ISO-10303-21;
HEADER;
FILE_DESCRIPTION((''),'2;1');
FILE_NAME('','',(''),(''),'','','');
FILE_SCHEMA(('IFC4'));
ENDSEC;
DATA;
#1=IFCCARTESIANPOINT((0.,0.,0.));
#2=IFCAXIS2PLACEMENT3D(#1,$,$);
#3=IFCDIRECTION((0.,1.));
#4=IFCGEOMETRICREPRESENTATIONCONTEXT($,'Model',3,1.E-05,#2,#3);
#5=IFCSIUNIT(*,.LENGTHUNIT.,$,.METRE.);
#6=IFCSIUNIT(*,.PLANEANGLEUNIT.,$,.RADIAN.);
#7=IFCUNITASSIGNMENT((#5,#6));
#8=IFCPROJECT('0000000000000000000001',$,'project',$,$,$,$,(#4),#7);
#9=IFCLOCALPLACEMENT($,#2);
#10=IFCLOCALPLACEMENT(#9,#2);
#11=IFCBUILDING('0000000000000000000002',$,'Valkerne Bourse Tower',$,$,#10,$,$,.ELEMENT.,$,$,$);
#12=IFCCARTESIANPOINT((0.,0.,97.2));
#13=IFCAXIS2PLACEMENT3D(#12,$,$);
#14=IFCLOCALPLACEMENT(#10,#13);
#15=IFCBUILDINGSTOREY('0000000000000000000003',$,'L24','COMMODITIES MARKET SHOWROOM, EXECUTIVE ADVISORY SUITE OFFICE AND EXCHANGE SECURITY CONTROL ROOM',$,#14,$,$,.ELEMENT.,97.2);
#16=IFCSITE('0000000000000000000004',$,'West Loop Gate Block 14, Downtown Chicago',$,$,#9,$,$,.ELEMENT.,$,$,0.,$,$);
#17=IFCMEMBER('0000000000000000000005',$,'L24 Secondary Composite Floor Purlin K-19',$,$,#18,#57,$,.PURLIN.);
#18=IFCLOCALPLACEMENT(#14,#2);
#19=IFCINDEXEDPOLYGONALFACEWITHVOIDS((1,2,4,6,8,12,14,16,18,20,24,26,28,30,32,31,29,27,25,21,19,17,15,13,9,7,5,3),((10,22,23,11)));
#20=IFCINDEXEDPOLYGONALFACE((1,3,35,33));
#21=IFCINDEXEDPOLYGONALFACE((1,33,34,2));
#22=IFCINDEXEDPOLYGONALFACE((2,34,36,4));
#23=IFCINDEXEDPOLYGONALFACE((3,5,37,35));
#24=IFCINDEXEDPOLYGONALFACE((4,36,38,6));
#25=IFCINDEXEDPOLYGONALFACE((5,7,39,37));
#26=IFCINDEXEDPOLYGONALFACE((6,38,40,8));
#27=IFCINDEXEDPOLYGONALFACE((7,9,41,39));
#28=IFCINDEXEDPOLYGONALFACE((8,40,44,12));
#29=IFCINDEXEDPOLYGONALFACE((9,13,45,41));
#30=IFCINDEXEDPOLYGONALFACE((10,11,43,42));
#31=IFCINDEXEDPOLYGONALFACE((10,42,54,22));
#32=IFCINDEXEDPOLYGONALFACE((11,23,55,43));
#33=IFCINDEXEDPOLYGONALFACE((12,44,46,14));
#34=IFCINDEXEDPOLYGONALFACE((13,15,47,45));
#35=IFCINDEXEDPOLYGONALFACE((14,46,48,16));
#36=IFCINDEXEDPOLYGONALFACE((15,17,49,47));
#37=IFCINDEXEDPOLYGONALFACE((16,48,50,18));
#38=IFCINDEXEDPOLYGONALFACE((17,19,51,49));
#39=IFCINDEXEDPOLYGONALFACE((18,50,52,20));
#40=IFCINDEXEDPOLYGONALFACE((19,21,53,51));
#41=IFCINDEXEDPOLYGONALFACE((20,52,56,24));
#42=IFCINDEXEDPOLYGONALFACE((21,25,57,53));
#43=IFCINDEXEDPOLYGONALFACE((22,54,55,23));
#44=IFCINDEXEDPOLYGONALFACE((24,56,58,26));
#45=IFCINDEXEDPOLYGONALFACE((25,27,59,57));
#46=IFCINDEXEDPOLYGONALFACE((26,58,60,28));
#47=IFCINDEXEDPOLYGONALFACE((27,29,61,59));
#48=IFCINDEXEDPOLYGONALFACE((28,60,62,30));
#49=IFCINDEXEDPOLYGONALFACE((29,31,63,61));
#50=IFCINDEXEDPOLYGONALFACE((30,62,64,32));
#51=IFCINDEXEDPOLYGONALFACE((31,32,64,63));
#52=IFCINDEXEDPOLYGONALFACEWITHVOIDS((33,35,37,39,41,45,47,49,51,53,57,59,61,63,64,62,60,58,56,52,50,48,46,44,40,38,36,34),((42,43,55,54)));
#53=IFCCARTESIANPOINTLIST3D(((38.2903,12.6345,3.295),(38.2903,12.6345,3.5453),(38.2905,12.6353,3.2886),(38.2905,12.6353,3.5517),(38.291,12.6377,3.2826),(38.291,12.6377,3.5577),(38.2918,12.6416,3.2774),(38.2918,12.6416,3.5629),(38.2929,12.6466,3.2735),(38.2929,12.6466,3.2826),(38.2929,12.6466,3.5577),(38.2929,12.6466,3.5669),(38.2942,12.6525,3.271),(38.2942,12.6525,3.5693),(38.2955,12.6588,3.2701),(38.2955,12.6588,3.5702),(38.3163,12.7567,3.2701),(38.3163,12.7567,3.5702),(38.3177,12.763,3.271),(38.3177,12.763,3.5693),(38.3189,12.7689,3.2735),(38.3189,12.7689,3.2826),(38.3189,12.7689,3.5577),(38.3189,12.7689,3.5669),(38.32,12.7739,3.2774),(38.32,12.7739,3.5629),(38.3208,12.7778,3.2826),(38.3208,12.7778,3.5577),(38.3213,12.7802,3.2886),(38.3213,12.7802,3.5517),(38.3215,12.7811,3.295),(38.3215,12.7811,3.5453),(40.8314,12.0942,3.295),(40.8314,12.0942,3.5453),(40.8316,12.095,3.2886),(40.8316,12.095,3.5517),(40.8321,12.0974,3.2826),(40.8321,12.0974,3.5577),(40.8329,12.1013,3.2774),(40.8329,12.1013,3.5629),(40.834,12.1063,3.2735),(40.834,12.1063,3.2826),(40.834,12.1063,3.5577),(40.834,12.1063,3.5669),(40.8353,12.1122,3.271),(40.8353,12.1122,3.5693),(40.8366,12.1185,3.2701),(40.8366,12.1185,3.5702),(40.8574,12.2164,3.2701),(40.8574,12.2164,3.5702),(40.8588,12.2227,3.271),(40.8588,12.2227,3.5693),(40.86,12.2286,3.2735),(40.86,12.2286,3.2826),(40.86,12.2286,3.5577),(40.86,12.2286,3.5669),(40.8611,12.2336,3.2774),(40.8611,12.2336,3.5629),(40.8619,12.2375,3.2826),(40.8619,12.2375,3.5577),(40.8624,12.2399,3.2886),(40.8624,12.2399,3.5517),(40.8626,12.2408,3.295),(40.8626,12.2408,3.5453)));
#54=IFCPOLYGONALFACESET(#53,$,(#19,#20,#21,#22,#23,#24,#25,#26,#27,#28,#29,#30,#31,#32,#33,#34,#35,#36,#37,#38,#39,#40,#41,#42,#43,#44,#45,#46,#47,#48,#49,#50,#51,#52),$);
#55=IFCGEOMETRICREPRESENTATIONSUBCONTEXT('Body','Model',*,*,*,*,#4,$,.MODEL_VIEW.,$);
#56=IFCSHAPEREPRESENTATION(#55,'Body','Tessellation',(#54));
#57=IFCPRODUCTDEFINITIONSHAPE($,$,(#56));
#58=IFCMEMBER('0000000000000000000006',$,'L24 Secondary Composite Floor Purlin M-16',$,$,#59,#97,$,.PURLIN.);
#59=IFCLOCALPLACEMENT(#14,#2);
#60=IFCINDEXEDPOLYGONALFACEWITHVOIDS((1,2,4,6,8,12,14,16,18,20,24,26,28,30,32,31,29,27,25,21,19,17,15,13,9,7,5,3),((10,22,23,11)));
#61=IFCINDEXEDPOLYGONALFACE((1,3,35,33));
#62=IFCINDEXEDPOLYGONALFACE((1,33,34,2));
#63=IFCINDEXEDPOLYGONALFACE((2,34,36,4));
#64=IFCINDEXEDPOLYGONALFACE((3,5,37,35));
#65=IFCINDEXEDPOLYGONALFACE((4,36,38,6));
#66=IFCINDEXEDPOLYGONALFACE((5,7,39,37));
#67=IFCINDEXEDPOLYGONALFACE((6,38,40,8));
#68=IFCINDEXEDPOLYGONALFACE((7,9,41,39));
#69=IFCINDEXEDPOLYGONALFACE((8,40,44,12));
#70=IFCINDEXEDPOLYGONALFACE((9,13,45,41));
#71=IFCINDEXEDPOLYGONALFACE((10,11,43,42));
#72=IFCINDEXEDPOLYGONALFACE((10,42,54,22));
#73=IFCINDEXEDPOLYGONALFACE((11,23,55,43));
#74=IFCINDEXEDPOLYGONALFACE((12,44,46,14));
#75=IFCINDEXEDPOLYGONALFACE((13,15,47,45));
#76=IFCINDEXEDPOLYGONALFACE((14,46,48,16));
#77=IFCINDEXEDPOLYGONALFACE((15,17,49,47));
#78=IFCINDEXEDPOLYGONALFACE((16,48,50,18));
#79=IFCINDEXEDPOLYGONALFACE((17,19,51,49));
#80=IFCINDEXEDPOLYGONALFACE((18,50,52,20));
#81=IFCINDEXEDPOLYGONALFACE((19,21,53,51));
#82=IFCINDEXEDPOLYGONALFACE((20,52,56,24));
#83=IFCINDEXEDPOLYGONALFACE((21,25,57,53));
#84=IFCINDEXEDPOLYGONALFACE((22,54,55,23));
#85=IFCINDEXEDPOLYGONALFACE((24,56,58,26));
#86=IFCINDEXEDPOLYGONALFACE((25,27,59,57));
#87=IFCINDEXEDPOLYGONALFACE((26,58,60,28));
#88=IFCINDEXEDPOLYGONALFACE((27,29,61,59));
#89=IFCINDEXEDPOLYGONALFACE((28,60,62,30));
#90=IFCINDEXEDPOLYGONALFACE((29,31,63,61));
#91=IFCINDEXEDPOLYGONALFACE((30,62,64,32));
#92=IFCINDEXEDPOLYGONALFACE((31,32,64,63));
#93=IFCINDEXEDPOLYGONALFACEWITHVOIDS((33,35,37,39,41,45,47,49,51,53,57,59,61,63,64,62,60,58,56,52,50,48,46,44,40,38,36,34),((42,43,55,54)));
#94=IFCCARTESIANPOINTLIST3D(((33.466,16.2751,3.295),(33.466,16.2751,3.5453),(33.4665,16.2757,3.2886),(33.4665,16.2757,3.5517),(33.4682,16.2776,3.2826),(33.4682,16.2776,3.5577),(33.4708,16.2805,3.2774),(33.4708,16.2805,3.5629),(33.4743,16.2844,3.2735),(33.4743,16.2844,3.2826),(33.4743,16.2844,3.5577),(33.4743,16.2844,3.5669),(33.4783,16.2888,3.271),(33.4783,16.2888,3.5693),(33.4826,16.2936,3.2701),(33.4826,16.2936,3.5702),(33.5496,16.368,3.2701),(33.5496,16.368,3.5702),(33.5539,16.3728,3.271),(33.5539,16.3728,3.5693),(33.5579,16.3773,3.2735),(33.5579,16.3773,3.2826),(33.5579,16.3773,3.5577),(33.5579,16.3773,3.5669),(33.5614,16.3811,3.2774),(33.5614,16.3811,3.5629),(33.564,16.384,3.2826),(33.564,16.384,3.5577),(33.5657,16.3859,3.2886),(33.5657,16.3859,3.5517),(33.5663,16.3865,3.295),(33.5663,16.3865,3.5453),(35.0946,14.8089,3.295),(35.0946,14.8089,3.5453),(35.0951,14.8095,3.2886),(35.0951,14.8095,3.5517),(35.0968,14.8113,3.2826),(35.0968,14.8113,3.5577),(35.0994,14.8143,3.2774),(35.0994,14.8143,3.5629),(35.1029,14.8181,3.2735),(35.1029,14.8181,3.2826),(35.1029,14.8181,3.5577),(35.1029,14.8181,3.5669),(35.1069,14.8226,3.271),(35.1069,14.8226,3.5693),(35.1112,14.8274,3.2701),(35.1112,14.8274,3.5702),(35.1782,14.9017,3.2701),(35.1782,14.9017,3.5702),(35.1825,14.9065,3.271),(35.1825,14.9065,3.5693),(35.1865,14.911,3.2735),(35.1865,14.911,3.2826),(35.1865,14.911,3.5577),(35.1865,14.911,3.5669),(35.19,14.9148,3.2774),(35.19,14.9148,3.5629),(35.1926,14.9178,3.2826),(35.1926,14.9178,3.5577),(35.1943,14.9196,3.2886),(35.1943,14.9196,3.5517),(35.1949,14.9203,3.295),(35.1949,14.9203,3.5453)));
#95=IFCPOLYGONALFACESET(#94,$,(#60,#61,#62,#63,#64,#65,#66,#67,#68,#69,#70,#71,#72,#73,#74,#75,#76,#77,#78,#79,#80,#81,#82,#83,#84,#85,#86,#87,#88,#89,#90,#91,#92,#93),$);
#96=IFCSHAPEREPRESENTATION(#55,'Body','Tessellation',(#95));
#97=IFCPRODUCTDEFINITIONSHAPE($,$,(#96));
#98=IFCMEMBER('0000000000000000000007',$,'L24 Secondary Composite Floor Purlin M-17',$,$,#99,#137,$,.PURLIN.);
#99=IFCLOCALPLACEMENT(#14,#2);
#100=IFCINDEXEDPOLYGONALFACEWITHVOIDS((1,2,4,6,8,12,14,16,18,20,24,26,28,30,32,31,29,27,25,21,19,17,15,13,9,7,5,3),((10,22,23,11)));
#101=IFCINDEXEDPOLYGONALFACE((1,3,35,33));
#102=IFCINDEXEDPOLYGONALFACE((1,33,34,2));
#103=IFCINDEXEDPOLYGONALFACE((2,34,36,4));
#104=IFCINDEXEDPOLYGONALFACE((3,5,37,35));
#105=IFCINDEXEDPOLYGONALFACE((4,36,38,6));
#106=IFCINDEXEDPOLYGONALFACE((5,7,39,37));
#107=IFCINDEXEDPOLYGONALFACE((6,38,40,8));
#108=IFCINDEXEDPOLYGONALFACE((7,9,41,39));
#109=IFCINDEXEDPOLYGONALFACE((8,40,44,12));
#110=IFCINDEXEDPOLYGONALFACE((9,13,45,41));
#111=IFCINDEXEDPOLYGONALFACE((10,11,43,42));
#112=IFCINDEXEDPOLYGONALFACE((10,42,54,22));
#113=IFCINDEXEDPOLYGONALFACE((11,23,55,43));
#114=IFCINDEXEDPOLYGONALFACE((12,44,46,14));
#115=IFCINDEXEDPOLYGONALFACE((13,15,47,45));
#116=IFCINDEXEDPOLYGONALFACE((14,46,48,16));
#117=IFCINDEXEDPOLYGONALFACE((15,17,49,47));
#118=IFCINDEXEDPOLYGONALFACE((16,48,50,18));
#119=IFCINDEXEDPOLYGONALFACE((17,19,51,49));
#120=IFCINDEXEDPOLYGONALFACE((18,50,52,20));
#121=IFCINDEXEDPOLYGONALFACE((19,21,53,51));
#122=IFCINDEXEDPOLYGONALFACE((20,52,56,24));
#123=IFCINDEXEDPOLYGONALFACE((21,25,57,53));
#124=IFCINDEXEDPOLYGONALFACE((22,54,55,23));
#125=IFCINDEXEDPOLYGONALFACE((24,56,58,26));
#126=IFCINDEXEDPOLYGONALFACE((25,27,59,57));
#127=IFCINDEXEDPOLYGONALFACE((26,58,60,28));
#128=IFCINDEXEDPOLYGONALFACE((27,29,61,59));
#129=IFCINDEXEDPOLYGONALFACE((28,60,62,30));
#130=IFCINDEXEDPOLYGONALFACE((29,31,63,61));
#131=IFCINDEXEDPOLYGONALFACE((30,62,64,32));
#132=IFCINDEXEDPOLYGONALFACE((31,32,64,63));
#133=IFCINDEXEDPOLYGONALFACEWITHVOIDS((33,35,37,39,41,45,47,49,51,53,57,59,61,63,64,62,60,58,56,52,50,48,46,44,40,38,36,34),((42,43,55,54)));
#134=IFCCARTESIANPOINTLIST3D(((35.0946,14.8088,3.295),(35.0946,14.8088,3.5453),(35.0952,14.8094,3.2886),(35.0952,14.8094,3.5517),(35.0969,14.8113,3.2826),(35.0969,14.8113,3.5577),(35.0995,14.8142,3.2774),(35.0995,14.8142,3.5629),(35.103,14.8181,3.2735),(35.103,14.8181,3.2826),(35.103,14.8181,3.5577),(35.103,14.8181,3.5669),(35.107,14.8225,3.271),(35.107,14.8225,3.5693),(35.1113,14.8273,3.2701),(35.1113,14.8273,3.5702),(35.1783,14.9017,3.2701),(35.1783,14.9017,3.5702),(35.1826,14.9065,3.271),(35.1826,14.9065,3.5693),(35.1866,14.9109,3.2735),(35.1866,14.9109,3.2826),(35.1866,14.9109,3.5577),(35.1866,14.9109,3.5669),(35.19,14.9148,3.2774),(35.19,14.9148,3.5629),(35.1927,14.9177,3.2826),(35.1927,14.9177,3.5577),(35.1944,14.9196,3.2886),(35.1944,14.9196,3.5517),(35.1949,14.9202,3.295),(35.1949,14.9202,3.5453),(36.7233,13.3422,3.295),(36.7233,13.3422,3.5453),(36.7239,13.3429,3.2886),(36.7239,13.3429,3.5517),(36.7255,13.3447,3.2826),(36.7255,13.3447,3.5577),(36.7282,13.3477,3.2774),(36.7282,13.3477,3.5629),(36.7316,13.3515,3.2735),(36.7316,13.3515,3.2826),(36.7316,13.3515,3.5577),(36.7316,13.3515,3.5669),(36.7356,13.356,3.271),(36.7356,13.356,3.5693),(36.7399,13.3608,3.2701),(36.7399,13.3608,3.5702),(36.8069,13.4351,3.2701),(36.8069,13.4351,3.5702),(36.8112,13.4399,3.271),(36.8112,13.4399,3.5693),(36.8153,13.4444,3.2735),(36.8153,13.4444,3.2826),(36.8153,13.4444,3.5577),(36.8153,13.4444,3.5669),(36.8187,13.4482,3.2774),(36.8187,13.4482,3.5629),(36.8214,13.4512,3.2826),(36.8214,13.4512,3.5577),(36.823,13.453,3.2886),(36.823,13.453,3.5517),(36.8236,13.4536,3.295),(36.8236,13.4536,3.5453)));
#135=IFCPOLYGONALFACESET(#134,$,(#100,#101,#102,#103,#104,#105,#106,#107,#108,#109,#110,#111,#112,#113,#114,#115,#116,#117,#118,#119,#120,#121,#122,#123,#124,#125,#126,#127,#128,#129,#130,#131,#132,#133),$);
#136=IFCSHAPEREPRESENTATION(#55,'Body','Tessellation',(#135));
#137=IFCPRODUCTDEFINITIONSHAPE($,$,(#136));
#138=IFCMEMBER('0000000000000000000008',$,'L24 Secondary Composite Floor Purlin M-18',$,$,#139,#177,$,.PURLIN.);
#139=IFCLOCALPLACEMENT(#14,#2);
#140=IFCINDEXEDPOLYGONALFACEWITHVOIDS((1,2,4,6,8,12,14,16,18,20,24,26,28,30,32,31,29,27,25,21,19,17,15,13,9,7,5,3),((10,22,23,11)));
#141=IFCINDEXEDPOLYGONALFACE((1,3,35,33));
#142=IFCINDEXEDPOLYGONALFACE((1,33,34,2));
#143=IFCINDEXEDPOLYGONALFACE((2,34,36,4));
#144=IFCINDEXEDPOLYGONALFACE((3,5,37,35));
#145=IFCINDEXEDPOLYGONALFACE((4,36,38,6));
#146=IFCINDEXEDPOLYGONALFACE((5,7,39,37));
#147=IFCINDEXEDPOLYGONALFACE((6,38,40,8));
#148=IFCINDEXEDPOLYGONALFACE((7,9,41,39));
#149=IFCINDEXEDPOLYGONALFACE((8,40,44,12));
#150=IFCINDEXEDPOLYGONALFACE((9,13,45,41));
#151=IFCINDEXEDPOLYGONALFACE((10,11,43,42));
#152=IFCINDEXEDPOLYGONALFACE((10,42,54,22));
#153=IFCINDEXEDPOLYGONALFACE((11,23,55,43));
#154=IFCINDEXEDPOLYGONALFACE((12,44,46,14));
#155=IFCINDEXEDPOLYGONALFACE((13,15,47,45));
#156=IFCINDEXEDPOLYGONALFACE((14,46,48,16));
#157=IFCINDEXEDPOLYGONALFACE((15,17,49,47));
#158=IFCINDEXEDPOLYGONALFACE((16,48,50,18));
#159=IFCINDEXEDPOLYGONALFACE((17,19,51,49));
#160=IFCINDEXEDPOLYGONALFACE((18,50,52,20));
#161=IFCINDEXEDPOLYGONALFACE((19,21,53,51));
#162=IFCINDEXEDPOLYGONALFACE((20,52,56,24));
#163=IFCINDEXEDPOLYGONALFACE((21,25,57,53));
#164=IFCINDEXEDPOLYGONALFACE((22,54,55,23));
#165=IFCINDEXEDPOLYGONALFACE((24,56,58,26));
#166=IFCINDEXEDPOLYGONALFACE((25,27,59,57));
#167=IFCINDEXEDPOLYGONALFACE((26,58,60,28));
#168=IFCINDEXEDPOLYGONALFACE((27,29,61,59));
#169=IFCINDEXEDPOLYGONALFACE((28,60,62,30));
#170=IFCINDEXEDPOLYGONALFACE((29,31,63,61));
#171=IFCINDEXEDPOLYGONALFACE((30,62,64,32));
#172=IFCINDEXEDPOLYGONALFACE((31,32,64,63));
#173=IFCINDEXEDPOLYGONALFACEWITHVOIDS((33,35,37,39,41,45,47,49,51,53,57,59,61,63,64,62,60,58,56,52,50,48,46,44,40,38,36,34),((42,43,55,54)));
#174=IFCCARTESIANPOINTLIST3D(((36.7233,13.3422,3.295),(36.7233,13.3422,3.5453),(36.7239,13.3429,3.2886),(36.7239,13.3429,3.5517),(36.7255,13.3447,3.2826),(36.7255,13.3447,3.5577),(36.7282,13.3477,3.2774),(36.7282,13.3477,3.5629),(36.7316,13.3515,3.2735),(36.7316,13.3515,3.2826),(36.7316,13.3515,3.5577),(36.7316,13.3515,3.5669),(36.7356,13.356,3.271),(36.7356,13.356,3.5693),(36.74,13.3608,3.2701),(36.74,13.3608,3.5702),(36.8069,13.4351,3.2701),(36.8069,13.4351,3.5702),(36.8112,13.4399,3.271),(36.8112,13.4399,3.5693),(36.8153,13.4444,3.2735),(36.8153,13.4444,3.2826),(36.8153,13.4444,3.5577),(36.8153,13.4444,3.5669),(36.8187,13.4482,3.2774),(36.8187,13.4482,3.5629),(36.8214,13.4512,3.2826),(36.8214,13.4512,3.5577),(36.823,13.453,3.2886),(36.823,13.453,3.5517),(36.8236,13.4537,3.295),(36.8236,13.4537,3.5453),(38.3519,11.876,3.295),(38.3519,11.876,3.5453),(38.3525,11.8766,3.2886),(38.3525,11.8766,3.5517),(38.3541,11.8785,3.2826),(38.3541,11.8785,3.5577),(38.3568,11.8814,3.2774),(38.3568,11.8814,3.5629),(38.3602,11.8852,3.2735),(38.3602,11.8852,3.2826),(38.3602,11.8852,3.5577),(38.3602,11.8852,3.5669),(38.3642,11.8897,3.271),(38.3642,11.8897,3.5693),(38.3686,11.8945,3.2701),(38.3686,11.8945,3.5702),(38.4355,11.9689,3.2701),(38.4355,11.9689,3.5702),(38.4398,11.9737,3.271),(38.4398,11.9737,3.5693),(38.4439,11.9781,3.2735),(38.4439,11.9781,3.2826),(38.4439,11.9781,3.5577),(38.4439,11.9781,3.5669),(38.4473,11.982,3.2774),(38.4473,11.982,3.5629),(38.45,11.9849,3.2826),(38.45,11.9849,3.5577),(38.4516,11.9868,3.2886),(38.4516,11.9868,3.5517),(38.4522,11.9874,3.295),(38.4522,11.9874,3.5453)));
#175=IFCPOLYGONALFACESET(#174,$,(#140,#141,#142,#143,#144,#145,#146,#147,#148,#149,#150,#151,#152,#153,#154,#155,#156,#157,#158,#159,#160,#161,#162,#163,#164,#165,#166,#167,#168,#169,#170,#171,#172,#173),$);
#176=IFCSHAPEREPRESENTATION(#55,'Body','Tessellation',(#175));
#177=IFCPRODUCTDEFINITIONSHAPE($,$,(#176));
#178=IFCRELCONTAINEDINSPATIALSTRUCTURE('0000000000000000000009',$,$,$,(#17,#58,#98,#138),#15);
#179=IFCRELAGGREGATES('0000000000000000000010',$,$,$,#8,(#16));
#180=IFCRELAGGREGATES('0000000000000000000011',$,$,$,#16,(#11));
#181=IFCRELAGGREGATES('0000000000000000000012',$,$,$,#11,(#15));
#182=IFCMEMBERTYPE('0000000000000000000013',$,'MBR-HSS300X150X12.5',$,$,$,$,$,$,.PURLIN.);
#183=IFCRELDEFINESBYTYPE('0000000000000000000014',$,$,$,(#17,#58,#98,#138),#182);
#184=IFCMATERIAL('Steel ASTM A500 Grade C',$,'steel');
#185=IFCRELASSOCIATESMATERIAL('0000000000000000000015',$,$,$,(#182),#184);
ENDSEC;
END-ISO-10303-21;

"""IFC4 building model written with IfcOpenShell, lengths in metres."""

from ifc_helpers import new_model, si_unit, direction, frame, origin, origin_2d, place, context, subcontext, project, spatial, hollow_rectangle, extrude, material, material_profile, profile_set, type_object, element, save


model = new_model("IFC4")

# Units and contexts
model_context = context("Model", 3, precision=1e-05, world=origin(), true_north=direction((0.0, 1.0)))
body_context = subcontext(model_context, "Body", "Model", "MODEL_VIEW")
ifc_project = project(units=[si_unit("LENGTHUNIT", "METRE"), si_unit("PLANEANGLEUNIT", "RADIAN")], contexts=[model_context])

# Site, building, storey
site_placement = place(None, origin())
site = spatial("IfcSite", under=ifc_project, at=site_placement, Name="West Loop Gate Block 14, Downtown Chicago", CompositionType="ELEMENT", RefElevation=0.0)
building_placement = place(site_placement, origin())
building = spatial("IfcBuilding", under=site, at=building_placement, Name="Valkerne Bourse Tower", CompositionType="ELEMENT")
storey_placement = place(building_placement, frame((0.0, 0.0, 97.2)))
storey = spatial("IfcBuildingStorey", under=building, at=storey_placement, Name="L24", Description="COMMODITIES MARKET SHOWROOM, EXECUTIVE ADVISORY SUITE OFFICE AND EXCHANGE SECURITY CONTROL ROOM", CompositionType="ELEMENT", Elevation=97.2)

# Members
ifc_material_1 = material(Name="Steel ASTM A500 Grade C", Category="steel")
ifc_material_profile_1 = material_profile(ifc_material_1, hollow_rectangle(XDim=0.1499, YDim=0.3, WallThickness=0.0125, OuterFilletRadius=0.0249, at=origin_2d()), Name="HSS300X150X12.5")
ifc_profile_set_1 = profile_set([ifc_material_profile_1], Name="Steel ASTM A500 Grade C")
member_type_1 = type_object("IfcMemberType", Name="MBR-HSS300X150X12.5", PredefinedType="PURLIN", material=ifc_profile_set_1)
member_1_placement = place(storey_placement, frame((38.3059, 12.7078, 3.4202), z_axis=(0.978134, -0.207976, 0.0), x_axis=(0.207976, 0.978134, 0.0)))
element("IfcMember", 1, at=member_1_placement, inside=storey, type_object=member_type_1, Name="L24 Secondary Composite Floor Purlin K-19", PredefinedType="PURLIN", context=body_context, shape_type="SweptSolid", body=[
    extrude(hollow_rectangle(XDim=0.1499, YDim=0.3, WallThickness=0.0125, OuterFilletRadius=0.0249, at=origin_2d()), origin(), (0.0, 0.0, 1.0), 2.5979),
])
member_2_placement = place(storey_placement, frame((33.5161, 16.3308, 3.4202), z_axis=(0.743178, -0.669094, 0.0), x_axis=(0.669094, 0.743178, 0.0)))
element("IfcMember", 2, at=member_2_placement, inside=storey, type_object=member_type_1, Name="L24 Secondary Composite Floor Purlin M-16", PredefinedType="PURLIN", context=body_context, shape_type="SweptSolid", body=[
    extrude(hollow_rectangle(XDim=0.1499, YDim=0.3, WallThickness=0.0125, OuterFilletRadius=0.0249, at=origin_2d()), origin(), (0.0, 0.0, 1.0), 2.1914),
])
member_3_placement = place(storey_placement, frame((35.1448, 14.8645, 3.4202), z_axis=(0.743122, -0.669155, 0.0), x_axis=(0.669155, 0.743122, 0.0)))
element("IfcMember", 3, at=member_3_placement, inside=storey, type_object=member_type_1, Name="L24 Secondary Composite Floor Purlin M-17", PredefinedType="PURLIN", context=body_context, shape_type="SweptSolid", body=[
    extrude(hollow_rectangle(XDim=0.1499, YDim=0.3, WallThickness=0.0125, OuterFilletRadius=0.0249, at=origin_2d()), origin(), (0.0, 0.0, 1.0), 2.1917),
])
member_4_placement = place(storey_placement, frame((36.7734, 13.3979, 3.4202), z_axis=(0.743178, -0.669094, 0.0), x_axis=(0.669094, 0.743178, 0.0)))
element("IfcMember", 4, at=member_4_placement, inside=storey, type_object=member_type_1, Name="L24 Secondary Composite Floor Purlin M-18", PredefinedType="PURLIN", context=body_context, shape_type="SweptSolid", body=[
    extrude(hollow_rectangle(XDim=0.1499, YDim=0.3, WallThickness=0.0125, OuterFilletRadius=0.0249, at=origin_2d()), origin(), (0.0, 0.0, 1.0), 2.1914),
])

save(model, "model.ifc")
